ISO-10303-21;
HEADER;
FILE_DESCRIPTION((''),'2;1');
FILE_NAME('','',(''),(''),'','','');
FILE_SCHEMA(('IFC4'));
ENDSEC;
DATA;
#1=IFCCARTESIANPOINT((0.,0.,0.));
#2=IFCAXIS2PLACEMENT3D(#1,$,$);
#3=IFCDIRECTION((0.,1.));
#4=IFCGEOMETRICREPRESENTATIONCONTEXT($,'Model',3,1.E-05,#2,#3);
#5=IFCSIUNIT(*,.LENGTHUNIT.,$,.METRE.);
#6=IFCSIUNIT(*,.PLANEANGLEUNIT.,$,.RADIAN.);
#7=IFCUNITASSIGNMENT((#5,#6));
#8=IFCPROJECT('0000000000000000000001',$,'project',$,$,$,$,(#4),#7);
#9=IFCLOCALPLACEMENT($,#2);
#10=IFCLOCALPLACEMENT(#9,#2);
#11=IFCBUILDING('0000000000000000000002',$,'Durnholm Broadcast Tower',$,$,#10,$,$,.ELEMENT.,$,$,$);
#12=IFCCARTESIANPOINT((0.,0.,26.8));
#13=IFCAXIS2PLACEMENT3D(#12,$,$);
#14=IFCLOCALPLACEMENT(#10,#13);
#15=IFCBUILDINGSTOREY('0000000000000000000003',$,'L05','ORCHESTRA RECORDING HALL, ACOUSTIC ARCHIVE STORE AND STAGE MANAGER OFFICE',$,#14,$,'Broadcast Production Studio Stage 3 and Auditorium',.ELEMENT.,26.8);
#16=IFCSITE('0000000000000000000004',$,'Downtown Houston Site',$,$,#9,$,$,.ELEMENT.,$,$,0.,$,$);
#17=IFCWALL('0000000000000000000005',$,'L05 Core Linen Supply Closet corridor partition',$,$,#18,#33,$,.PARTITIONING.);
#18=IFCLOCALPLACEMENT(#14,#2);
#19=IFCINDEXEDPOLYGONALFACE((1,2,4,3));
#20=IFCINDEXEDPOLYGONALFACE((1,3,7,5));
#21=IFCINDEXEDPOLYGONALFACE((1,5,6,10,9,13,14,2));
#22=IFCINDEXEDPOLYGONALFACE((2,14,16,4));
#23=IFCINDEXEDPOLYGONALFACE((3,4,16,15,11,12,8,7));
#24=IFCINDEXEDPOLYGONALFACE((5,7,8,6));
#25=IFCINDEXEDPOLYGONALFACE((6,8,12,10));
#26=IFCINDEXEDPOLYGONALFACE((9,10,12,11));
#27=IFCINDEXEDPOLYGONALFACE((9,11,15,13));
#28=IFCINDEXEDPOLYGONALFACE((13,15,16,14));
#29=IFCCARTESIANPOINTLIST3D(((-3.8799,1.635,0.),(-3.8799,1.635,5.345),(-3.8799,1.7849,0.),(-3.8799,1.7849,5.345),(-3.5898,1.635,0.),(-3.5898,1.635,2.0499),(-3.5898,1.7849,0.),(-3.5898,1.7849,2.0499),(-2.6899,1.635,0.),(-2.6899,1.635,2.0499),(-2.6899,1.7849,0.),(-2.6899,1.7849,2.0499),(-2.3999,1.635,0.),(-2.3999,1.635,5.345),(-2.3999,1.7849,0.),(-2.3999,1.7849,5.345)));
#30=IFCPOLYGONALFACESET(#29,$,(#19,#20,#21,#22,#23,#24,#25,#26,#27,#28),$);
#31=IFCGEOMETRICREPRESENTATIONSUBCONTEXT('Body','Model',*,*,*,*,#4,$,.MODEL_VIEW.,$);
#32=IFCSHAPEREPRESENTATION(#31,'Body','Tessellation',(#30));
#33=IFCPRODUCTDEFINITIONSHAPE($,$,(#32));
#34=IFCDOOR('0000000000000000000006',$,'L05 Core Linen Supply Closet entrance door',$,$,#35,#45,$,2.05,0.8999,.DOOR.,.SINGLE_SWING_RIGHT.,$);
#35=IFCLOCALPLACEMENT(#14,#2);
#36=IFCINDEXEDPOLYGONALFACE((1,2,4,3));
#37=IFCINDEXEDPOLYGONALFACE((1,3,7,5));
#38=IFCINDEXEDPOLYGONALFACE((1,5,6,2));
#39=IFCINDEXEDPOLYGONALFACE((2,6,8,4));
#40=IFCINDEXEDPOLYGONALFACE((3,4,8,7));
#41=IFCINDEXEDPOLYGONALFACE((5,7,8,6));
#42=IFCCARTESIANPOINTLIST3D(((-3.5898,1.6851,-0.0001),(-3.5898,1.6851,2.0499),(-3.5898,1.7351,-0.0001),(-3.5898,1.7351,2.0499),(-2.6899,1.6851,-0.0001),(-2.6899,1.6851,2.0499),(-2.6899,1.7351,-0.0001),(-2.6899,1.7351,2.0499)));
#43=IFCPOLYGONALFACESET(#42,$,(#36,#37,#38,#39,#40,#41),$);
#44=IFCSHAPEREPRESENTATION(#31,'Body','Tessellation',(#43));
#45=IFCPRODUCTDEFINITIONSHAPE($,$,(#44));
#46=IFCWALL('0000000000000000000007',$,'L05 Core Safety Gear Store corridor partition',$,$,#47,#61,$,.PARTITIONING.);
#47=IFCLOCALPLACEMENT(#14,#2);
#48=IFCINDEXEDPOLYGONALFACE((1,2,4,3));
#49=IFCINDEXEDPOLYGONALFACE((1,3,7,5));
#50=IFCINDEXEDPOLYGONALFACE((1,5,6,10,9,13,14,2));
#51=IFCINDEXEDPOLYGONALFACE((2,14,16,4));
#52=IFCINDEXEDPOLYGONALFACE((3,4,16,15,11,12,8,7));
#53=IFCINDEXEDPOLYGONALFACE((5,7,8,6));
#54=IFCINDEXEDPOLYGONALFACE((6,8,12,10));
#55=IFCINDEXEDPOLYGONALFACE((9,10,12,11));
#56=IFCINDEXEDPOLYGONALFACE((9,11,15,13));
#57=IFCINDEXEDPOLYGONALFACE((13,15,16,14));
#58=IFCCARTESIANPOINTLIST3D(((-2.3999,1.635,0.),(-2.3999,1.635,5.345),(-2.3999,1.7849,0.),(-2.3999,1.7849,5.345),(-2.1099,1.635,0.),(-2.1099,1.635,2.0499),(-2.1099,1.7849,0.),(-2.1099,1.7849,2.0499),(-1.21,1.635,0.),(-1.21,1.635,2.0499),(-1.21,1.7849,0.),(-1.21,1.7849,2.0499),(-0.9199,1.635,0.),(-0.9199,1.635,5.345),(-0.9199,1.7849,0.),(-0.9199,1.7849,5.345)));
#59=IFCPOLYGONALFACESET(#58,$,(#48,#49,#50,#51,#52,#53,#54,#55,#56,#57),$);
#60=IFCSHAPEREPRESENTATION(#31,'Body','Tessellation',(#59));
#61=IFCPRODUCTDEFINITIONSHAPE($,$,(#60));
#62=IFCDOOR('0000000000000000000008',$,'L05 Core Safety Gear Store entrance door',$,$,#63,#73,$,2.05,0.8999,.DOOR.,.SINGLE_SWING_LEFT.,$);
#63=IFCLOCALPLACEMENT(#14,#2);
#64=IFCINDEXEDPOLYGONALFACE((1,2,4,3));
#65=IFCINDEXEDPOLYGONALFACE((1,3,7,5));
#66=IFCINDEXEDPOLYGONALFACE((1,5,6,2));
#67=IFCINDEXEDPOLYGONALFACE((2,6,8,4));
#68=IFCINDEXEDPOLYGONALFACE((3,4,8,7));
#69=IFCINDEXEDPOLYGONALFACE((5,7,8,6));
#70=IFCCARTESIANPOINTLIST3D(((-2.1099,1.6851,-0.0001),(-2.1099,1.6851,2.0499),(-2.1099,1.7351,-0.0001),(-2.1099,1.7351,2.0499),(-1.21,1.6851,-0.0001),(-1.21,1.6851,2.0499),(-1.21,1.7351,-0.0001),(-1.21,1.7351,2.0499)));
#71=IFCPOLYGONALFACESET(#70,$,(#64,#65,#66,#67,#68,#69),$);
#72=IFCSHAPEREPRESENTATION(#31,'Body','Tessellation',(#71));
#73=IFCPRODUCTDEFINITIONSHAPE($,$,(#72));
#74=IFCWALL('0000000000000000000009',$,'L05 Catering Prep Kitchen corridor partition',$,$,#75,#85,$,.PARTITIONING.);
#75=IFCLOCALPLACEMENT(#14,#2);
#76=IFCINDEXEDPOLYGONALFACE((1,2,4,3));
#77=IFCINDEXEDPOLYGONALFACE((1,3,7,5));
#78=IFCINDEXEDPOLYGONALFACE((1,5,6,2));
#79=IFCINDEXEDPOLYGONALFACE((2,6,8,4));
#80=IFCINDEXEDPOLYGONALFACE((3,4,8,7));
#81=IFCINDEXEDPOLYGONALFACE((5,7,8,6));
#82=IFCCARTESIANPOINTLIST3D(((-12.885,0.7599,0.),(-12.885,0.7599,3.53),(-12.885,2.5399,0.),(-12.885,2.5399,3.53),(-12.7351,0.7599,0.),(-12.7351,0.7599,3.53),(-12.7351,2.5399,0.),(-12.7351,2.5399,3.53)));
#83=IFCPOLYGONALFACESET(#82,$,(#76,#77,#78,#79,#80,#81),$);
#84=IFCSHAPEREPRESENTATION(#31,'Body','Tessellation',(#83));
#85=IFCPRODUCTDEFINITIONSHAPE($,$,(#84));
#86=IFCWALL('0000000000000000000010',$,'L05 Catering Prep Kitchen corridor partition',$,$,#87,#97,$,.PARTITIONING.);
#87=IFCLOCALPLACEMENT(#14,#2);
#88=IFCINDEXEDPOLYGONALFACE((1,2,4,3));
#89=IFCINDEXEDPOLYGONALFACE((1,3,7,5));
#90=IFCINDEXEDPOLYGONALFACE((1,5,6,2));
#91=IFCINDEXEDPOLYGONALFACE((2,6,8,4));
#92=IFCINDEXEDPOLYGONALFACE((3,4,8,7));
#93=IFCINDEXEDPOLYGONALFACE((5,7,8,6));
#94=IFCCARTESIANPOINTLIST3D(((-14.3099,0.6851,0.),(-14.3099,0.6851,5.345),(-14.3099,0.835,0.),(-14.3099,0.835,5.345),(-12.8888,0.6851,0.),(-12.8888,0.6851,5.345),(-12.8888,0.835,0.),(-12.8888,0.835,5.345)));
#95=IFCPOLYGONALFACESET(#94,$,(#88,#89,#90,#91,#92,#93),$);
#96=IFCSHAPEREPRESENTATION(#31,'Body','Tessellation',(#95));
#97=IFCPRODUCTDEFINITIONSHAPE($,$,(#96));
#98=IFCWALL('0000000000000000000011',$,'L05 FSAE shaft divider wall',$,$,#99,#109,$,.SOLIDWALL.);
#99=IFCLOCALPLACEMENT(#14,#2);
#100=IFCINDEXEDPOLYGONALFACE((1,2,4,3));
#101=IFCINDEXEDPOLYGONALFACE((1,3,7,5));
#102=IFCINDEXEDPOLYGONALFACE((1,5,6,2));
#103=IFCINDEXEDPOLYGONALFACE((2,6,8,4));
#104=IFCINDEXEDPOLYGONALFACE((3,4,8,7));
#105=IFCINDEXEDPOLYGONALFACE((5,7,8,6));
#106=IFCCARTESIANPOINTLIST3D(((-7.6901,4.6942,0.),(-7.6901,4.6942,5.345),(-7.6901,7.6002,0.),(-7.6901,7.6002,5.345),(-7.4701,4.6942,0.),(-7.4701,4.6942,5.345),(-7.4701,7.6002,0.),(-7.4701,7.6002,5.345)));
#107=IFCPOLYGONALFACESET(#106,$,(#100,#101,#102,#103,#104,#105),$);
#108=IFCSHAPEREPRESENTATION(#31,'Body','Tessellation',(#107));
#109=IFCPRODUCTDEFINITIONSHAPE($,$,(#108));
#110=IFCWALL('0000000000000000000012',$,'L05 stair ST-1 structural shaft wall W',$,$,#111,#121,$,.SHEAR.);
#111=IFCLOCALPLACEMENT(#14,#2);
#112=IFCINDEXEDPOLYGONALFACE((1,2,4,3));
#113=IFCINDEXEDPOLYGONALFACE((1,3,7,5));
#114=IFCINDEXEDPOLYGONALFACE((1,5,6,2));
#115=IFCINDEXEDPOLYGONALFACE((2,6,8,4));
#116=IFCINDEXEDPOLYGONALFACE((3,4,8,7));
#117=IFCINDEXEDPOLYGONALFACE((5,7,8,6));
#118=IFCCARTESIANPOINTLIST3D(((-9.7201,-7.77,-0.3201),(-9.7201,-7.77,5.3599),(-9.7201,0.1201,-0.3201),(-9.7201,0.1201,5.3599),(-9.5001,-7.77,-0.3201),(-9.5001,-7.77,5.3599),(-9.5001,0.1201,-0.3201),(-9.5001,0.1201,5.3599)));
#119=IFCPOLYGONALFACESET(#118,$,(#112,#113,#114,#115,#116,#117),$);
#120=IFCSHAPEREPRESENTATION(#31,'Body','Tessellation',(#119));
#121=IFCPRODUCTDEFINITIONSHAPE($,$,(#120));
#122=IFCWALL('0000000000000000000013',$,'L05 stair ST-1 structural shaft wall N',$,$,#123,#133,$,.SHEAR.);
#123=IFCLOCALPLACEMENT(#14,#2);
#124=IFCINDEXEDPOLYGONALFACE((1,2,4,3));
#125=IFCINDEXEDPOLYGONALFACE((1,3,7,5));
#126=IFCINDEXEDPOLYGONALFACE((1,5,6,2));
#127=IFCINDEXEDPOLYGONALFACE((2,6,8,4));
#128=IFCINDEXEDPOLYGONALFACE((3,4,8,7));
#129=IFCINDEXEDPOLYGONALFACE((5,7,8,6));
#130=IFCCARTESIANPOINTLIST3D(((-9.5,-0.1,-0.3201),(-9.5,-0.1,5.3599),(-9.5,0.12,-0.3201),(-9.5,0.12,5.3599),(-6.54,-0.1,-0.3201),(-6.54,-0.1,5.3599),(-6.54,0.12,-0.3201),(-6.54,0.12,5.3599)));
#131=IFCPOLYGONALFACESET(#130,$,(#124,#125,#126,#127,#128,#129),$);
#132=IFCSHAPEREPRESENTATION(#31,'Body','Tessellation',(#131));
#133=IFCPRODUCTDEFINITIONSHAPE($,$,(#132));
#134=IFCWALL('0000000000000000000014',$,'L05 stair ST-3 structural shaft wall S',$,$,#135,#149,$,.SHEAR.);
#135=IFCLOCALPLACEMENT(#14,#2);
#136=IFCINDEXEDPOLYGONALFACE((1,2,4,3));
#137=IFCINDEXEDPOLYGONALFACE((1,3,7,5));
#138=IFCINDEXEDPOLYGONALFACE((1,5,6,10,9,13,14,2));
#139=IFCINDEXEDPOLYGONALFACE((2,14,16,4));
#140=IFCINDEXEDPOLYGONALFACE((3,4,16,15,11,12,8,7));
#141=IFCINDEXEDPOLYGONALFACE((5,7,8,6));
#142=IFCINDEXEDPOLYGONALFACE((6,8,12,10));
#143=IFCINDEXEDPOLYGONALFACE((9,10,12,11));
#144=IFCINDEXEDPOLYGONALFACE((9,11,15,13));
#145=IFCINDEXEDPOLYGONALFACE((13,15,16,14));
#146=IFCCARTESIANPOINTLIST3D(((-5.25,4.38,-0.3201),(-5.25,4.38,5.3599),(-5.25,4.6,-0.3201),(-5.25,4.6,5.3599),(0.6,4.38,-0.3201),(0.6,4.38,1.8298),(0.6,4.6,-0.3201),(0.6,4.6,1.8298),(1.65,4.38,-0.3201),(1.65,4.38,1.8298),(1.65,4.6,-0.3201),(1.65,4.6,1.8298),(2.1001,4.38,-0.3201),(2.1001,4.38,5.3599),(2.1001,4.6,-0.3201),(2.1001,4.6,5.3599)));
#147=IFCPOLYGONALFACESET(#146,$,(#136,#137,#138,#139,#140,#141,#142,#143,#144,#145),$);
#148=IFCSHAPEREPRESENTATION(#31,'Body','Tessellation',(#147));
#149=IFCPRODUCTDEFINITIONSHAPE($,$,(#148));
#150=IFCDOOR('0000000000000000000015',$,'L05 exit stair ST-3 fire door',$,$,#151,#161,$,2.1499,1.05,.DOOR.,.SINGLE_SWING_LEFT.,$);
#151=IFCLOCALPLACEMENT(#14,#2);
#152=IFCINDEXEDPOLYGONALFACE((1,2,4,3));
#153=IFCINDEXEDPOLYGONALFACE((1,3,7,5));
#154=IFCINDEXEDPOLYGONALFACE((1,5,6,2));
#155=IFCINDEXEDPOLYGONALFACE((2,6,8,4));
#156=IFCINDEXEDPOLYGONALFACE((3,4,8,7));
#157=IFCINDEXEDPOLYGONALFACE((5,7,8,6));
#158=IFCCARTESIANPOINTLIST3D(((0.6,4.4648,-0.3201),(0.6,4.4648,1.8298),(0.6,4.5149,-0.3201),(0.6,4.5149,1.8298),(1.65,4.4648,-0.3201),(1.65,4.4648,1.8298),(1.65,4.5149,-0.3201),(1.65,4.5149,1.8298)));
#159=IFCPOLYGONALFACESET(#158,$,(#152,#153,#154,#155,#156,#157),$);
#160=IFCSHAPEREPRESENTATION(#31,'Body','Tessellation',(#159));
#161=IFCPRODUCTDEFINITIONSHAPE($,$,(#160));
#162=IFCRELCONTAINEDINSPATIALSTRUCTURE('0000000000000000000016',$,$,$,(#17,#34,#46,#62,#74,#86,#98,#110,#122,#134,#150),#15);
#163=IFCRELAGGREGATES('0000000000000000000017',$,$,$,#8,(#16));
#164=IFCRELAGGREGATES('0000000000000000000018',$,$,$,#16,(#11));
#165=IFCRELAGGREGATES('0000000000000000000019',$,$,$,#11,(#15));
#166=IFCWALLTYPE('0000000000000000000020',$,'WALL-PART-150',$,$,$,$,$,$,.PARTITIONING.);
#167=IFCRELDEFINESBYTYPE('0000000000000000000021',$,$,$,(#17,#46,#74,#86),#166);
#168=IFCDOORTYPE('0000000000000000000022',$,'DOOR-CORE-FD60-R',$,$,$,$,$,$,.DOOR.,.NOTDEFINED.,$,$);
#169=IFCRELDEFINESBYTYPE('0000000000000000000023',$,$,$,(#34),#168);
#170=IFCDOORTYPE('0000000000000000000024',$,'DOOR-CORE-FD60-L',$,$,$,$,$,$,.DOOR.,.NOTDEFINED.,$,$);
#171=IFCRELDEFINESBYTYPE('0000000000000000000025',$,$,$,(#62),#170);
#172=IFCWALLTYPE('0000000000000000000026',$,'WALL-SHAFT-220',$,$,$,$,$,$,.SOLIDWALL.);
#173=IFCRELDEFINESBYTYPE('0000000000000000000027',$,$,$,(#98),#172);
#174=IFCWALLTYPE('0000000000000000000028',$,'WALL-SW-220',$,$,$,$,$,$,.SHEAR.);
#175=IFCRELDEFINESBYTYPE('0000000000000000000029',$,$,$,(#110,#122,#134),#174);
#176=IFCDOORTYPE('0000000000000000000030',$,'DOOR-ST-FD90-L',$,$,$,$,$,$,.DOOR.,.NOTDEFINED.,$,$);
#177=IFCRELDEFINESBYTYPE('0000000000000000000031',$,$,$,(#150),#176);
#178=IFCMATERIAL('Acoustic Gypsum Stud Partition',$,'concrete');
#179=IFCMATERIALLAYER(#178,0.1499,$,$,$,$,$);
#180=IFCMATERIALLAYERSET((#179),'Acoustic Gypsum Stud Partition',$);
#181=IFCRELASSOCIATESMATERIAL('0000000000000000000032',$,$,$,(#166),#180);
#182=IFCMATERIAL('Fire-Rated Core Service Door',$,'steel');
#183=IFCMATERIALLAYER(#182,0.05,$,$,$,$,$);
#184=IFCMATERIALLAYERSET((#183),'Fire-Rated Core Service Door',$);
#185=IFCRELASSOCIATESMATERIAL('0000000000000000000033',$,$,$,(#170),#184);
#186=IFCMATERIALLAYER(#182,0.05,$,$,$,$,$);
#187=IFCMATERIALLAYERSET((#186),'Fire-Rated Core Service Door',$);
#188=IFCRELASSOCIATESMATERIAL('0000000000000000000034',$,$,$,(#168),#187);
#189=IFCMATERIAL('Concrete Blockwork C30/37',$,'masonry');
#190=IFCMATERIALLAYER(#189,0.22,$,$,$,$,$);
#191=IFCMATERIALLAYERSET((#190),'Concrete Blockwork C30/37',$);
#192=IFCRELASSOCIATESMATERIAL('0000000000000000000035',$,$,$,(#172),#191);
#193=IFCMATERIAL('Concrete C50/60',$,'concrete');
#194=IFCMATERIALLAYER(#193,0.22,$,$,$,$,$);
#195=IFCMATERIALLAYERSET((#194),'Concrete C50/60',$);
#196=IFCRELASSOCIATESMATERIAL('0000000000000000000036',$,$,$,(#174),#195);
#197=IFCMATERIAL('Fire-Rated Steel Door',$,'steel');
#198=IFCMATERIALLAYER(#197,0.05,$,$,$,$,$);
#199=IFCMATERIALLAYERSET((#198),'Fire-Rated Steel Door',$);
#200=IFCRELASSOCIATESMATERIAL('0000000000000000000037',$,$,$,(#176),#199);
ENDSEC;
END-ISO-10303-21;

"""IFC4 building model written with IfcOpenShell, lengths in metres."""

from ifc_helpers import new_model, si_unit, direction, frame, frame_2d, origin, place, context, subcontext, project, spatial, rectangle, extrude, source, transform, mapped, material, layer, layer_set, type_object, type_shapes, element, fill, save


model = new_model("IFC4")

# Units and contexts
model_context = context("Model", 3, precision=1e-05, world=origin(), true_north=direction((0.0, 1.0)))
body_context = subcontext(model_context, "Body", "Model", "MODEL_VIEW")
ifc_project = project(units=[si_unit("LENGTHUNIT", "METRE"), si_unit("PLANEANGLEUNIT", "RADIAN")], contexts=[model_context])

# Site, building, storey
site_placement = place(None, origin())
site = spatial("IfcSite", under=ifc_project, at=site_placement, Name="Downtown Houston Site", CompositionType="ELEMENT", RefElevation=0.0)
building_placement = place(site_placement, origin())
building = spatial("IfcBuilding", under=site, at=building_placement, Name="Durnholm Broadcast Tower", CompositionType="ELEMENT")
storey_placement = place(building_placement, frame((0.0, 0.0, 26.8)))
storey = spatial("IfcBuildingStorey", under=building, at=storey_placement, Name="L05", Description="ORCHESTRA RECORDING HALL, ACOUSTIC ARCHIVE STORE AND STAGE MANAGER OFFICE", LongName="Broadcast Production Studio Stage 3 and Auditorium", CompositionType="ELEMENT", Elevation=26.8)

# Walls, openings, doors
ifc_material_1 = material(Name="Acoustic Gypsum Stud Partition", Category="concrete")
ifc_layer_1 = layer(ifc_material_1, 0.1499)
ifc_layer_set_1 = layer_set([ifc_layer_1], Name="Acoustic Gypsum Stud Partition")
wall_type_1 = type_object("IfcWallType", Name="WALL-PART-150", PredefinedType="PARTITIONING", material=ifc_layer_set_1)
ifc_material_2 = material(Name="Fire-Rated Core Service Door", Category="steel")
ifc_layer_2 = layer(ifc_material_2, 0.05)
ifc_layer_set_2 = layer_set([ifc_layer_2], Name="Fire-Rated Core Service Door")
door_type_1 = type_object("IfcDoorType", Name="DOOR-CORE-FD60-L", OperationType="NOTDEFINED", PredefinedType="DOOR", material=ifc_layer_set_2)
shared_shape_1 = source(origin(), body_context, "Body", "SweptSolid", [
    extrude(rectangle(XDim=0.8999, YDim=2.05, at=frame_2d((0.45, 1.0249))), frame((0.0, 0.0249, 0.0), z_axis=(0.0, -1.0, 0.0), x_axis=(1.0, 0.0, 0.0)), (0.0, 0.0, 1.0), 0.05),
])
type_shapes(door_type_1, [shared_shape_1])
wall_1_placement = place(storey_placement, frame((-2.3999, 1.71, 0.0), z_axis=(0.0, 0.0, 1.0), x_axis=(-1.0, 0.0, 0.0)))
wall_1 = element("IfcWall", 1, at=wall_1_placement, inside=storey, type_object=wall_type_1, Name="L05 Core Linen Supply Closet corridor partition", PredefinedType="PARTITIONING", context=body_context, shape_type="SweptSolid", body=[
    extrude(rectangle(XDim=1.48, YDim=0.1499, at=frame_2d((0.74, 0.0))), origin(), (0.0, 0.0, 1.0), 5.345),
])
opening_1_placement = place(wall_1_placement, frame((0.29, 0.0, 0.0)))
opening_1 = element("IfcOpeningElement", 2, at=opening_1_placement, cuts=wall_1, PredefinedType="OPENING", context=body_context, shape_type="SweptSolid", body=[
    extrude(rectangle(XDim=0.8999, YDim=2.05, at=frame_2d((0.45, 1.0249))), frame((0.0, 0.085, 0.0), z_axis=(0.0, -1.0, 0.0), x_axis=(1.0, 0.0, 0.0)), (0.0, 0.0, 1.0), 0.1699),
])
ifc_layer_3 = layer(ifc_material_2, 0.05)
ifc_layer_set_3 = layer_set([ifc_layer_3], Name="Fire-Rated Core Service Door")
door_type_2 = type_object("IfcDoorType", Name="DOOR-CORE-FD60-R", OperationType="NOTDEFINED", PredefinedType="DOOR", material=ifc_layer_set_3)
shared_shape_2 = source(origin(), body_context, "Body", "SweptSolid", [
    extrude(rectangle(XDim=0.8999, YDim=2.05, at=frame_2d((0.45, 1.0249))), frame((0.0, 0.0249, 0.0), z_axis=(0.0, -1.0, 0.0), x_axis=(1.0, 0.0, 0.0)), (0.0, 0.0, 1.0), 0.05),
])
type_shapes(door_type_2, [shared_shape_2])
door_1_placement = place(opening_1_placement, origin())
door_1 = element("IfcDoor", 3, at=door_1_placement, inside=storey, type_object=door_type_2, Name="L05 Core Linen Supply Closet entrance door", OperationType="SINGLE_SWING_RIGHT", OverallHeight=2.05, OverallWidth=0.8999, PredefinedType="DOOR", context=body_context, shape_type="MappedRepresentation", body=[
    mapped(shared_shape_2, transform((0.0, 0.0, 0.0), x_axis=(1.0, 0.0, 0.0), y_axis=(0.0, 1.0, 0.0), z_axis=(0.0, 0.0, 1.0), scale=1.0)),
])
fill(opening_1, door_1)
wall_2_placement = place(storey_placement, frame((-0.9199, 1.71, 0.0), z_axis=(0.0, 0.0, 1.0), x_axis=(-1.0, 0.0, 0.0)))
wall_2 = element("IfcWall", 4, at=wall_2_placement, inside=storey, type_object=wall_type_1, Name="L05 Core Safety Gear Store corridor partition", PredefinedType="PARTITIONING", context=body_context, shape_type="SweptSolid", body=[
    extrude(rectangle(XDim=1.48, YDim=0.1499, at=frame_2d((0.74, 0.0))), origin(), (0.0, 0.0, 1.0), 5.345),
])
opening_2_placement = place(wall_2_placement, frame((0.29, 0.0, 0.0)))
opening_2 = element("IfcOpeningElement", 5, at=opening_2_placement, cuts=wall_2, PredefinedType="OPENING", context=body_context, shape_type="SweptSolid", body=[
    extrude(rectangle(XDim=0.8999, YDim=2.05, at=frame_2d((0.45, 1.0249))), frame((0.0, 0.085, 0.0), z_axis=(0.0, -1.0, 0.0), x_axis=(1.0, 0.0, 0.0)), (0.0, 0.0, 1.0), 0.1699),
])
door_2_placement = place(opening_2_placement, origin())
door_2 = element("IfcDoor", 6, at=door_2_placement, inside=storey, type_object=door_type_1, Name="L05 Core Safety Gear Store entrance door", OperationType="SINGLE_SWING_LEFT", OverallHeight=2.05, OverallWidth=0.8999, PredefinedType="DOOR", context=body_context, shape_type="MappedRepresentation", body=[
    mapped(shared_shape_1, transform((0.0, 0.0, 0.0), x_axis=(1.0, 0.0, 0.0), y_axis=(0.0, 1.0, 0.0), z_axis=(0.0, 0.0, 1.0), scale=1.0)),
])
fill(opening_2, door_2)

# Walls
wall_3_placement = place(storey_placement, frame((-12.8101, 2.54, 0.0), z_axis=(0.0, 0.0, 1.0), x_axis=(0.0, -1.0, 0.0)))
element("IfcWall", 7, at=wall_3_placement, inside=storey, type_object=wall_type_1, Name="L05 Catering Prep Kitchen corridor partition", PredefinedType="PARTITIONING", context=body_context, shape_type="SweptSolid", body=[
    extrude(rectangle(XDim=1.78, YDim=0.1499, at=frame_2d((0.8901, 0.0))), origin(), (0.0, 0.0, 1.0), 3.53),
])
wall_4_placement = place(storey_placement, frame((-12.8889, 0.76, 0.0), z_axis=(0.0, 0.0, 1.0), x_axis=(-1.0, 0.0, 0.0)))
element("IfcWall", 8, at=wall_4_placement, inside=storey, type_object=wall_type_1, Name="L05 Catering Prep Kitchen corridor partition", PredefinedType="PARTITIONING", context=body_context, shape_type="SweptSolid", body=[
    extrude(rectangle(XDim=1.4211, YDim=0.1499, at=frame_2d((0.7104, 0.0))), origin(), (0.0, 0.0, 1.0), 5.345),
])

# Shared definitions
ifc_material_3 = material(Name="Concrete Blockwork C30/37", Category="masonry")
ifc_layer_4 = layer(ifc_material_3, 0.22)
ifc_layer_set_4 = layer_set([ifc_layer_4], Name="Concrete Blockwork C30/37")
wall_type_2 = type_object("IfcWallType", Name="WALL-SHAFT-220", PredefinedType="SOLIDWALL", material=ifc_layer_set_4)

# Walls
wall_5_placement = place(storey_placement, frame((-7.5801, 4.6941, 0.0), z_axis=(0.0, 0.0, 1.0), x_axis=(0.0, 1.0, 0.0)))
element("IfcWall", 9, at=wall_5_placement, inside=storey, type_object=wall_type_2, Name="L05 FSAE shaft divider wall", PredefinedType="SOLIDWALL", context=body_context, shape_type="SweptSolid", body=[
    extrude(rectangle(XDim=2.906, YDim=0.22, at=frame_2d((1.4531, 0.0))), origin(), (0.0, 0.0, 1.0), 5.345),
])
ifc_material_4 = material(Name="Concrete C50/60", Category="concrete")
ifc_layer_5 = layer(ifc_material_4, 0.22)
ifc_layer_set_5 = layer_set([ifc_layer_5], Name="Concrete C50/60")
wall_type_3 = type_object("IfcWallType", Name="WALL-SW-220", PredefinedType="SHEAR", material=ifc_layer_set_5)
wall_6_placement = place(storey_placement, frame((-9.6101, 0.1201, -0.3201), z_axis=(0.0, 0.0, 1.0), x_axis=(0.0, -1.0, 0.0)))
element("IfcWall", 10, at=wall_6_placement, inside=storey, type_object=wall_type_3, Name="L05 stair ST-1 structural shaft wall W", PredefinedType="SHEAR", context=body_context, shape_type="SweptSolid", body=[
    extrude(rectangle(XDim=7.8901, YDim=0.22, at=frame_2d((3.9451, 0.0))), origin(), (0.0, 0.0, 1.0), 5.6799),
])
wall_7_placement = place(storey_placement, frame((-6.54, 0.01, -0.3201), z_axis=(0.0, 0.0, 1.0), x_axis=(-1.0, 0.0, 0.0)))
element("IfcWall", 11, at=wall_7_placement, inside=storey, type_object=wall_type_3, Name="L05 stair ST-1 structural shaft wall N", PredefinedType="SHEAR", context=body_context, shape_type="SweptSolid", body=[
    extrude(rectangle(XDim=2.96, YDim=0.22, at=frame_2d((1.48, 0.0))), origin(), (0.0, 0.0, 1.0), 5.6799),
])

# Wall, opening, door
wall_8_placement = place(storey_placement, frame((-5.25, 4.49, -0.3201), z_axis=(0.0, 0.0, 1.0), x_axis=(1.0, 0.0, 0.0)))
wall_8 = element("IfcWall", 12, at=wall_8_placement, inside=storey, type_object=wall_type_3, Name="L05 stair ST-3 structural shaft wall S", PredefinedType="SHEAR", context=body_context, shape_type="SweptSolid", body=[
    extrude(rectangle(XDim=7.3501, YDim=0.22, at=frame_2d((3.675, 0.0))), origin(), (0.0, 0.0, 1.0), 5.6799),
])
opening_3_placement = place(wall_8_placement, frame((5.8501, 0.0, 0.0)))
opening_3 = element("IfcOpeningElement", 13, at=opening_3_placement, cuts=wall_8, PredefinedType="OPENING", context=body_context, shape_type="SweptSolid", body=[
    extrude(rectangle(XDim=1.05, YDim=2.1499, at=frame_2d((0.5249, 1.075))), frame((0.0, 0.1201, 0.0), z_axis=(0.0, -1.0, 0.0), x_axis=(1.0, 0.0, 0.0)), (0.0, 0.0, 1.0), 0.24),
])
ifc_material_5 = material(Name="Fire-Rated Steel Door", Category="steel")
ifc_layer_6 = layer(ifc_material_5, 0.05)
ifc_layer_set_6 = layer_set([ifc_layer_6], Name="Fire-Rated Steel Door")
door_type_3 = type_object("IfcDoorType", Name="DOOR-ST-FD90-L", OperationType="NOTDEFINED", PredefinedType="DOOR", material=ifc_layer_set_6)
shared_shape_3 = source(origin(), body_context, "Body", "SweptSolid", [
    extrude(rectangle(XDim=1.05, YDim=2.1499, at=frame_2d((0.5249, 1.075))), frame((0.0, 0.0249, 0.0), z_axis=(0.0, -1.0, 0.0), x_axis=(1.0, 0.0, 0.0)), (0.0, 0.0, 1.0), 0.05),
])
type_shapes(door_type_3, [shared_shape_3])
door_3_placement = place(opening_3_placement, origin())
door_3 = element("IfcDoor", 14, at=door_3_placement, inside=storey, type_object=door_type_3, Name="L05 exit stair ST-3 fire door", OperationType="SINGLE_SWING_LEFT", OverallHeight=2.1499, OverallWidth=1.05, PredefinedType="DOOR", context=body_context, shape_type="MappedRepresentation", body=[
    mapped(shared_shape_3, transform((0.0, 0.0, 0.0), x_axis=(1.0, 0.0, 0.0), y_axis=(0.0, 1.0, 0.0), z_axis=(0.0, 0.0, 1.0), scale=1.0)),
])
fill(opening_3, door_3)

save(model, "model.ifc")
